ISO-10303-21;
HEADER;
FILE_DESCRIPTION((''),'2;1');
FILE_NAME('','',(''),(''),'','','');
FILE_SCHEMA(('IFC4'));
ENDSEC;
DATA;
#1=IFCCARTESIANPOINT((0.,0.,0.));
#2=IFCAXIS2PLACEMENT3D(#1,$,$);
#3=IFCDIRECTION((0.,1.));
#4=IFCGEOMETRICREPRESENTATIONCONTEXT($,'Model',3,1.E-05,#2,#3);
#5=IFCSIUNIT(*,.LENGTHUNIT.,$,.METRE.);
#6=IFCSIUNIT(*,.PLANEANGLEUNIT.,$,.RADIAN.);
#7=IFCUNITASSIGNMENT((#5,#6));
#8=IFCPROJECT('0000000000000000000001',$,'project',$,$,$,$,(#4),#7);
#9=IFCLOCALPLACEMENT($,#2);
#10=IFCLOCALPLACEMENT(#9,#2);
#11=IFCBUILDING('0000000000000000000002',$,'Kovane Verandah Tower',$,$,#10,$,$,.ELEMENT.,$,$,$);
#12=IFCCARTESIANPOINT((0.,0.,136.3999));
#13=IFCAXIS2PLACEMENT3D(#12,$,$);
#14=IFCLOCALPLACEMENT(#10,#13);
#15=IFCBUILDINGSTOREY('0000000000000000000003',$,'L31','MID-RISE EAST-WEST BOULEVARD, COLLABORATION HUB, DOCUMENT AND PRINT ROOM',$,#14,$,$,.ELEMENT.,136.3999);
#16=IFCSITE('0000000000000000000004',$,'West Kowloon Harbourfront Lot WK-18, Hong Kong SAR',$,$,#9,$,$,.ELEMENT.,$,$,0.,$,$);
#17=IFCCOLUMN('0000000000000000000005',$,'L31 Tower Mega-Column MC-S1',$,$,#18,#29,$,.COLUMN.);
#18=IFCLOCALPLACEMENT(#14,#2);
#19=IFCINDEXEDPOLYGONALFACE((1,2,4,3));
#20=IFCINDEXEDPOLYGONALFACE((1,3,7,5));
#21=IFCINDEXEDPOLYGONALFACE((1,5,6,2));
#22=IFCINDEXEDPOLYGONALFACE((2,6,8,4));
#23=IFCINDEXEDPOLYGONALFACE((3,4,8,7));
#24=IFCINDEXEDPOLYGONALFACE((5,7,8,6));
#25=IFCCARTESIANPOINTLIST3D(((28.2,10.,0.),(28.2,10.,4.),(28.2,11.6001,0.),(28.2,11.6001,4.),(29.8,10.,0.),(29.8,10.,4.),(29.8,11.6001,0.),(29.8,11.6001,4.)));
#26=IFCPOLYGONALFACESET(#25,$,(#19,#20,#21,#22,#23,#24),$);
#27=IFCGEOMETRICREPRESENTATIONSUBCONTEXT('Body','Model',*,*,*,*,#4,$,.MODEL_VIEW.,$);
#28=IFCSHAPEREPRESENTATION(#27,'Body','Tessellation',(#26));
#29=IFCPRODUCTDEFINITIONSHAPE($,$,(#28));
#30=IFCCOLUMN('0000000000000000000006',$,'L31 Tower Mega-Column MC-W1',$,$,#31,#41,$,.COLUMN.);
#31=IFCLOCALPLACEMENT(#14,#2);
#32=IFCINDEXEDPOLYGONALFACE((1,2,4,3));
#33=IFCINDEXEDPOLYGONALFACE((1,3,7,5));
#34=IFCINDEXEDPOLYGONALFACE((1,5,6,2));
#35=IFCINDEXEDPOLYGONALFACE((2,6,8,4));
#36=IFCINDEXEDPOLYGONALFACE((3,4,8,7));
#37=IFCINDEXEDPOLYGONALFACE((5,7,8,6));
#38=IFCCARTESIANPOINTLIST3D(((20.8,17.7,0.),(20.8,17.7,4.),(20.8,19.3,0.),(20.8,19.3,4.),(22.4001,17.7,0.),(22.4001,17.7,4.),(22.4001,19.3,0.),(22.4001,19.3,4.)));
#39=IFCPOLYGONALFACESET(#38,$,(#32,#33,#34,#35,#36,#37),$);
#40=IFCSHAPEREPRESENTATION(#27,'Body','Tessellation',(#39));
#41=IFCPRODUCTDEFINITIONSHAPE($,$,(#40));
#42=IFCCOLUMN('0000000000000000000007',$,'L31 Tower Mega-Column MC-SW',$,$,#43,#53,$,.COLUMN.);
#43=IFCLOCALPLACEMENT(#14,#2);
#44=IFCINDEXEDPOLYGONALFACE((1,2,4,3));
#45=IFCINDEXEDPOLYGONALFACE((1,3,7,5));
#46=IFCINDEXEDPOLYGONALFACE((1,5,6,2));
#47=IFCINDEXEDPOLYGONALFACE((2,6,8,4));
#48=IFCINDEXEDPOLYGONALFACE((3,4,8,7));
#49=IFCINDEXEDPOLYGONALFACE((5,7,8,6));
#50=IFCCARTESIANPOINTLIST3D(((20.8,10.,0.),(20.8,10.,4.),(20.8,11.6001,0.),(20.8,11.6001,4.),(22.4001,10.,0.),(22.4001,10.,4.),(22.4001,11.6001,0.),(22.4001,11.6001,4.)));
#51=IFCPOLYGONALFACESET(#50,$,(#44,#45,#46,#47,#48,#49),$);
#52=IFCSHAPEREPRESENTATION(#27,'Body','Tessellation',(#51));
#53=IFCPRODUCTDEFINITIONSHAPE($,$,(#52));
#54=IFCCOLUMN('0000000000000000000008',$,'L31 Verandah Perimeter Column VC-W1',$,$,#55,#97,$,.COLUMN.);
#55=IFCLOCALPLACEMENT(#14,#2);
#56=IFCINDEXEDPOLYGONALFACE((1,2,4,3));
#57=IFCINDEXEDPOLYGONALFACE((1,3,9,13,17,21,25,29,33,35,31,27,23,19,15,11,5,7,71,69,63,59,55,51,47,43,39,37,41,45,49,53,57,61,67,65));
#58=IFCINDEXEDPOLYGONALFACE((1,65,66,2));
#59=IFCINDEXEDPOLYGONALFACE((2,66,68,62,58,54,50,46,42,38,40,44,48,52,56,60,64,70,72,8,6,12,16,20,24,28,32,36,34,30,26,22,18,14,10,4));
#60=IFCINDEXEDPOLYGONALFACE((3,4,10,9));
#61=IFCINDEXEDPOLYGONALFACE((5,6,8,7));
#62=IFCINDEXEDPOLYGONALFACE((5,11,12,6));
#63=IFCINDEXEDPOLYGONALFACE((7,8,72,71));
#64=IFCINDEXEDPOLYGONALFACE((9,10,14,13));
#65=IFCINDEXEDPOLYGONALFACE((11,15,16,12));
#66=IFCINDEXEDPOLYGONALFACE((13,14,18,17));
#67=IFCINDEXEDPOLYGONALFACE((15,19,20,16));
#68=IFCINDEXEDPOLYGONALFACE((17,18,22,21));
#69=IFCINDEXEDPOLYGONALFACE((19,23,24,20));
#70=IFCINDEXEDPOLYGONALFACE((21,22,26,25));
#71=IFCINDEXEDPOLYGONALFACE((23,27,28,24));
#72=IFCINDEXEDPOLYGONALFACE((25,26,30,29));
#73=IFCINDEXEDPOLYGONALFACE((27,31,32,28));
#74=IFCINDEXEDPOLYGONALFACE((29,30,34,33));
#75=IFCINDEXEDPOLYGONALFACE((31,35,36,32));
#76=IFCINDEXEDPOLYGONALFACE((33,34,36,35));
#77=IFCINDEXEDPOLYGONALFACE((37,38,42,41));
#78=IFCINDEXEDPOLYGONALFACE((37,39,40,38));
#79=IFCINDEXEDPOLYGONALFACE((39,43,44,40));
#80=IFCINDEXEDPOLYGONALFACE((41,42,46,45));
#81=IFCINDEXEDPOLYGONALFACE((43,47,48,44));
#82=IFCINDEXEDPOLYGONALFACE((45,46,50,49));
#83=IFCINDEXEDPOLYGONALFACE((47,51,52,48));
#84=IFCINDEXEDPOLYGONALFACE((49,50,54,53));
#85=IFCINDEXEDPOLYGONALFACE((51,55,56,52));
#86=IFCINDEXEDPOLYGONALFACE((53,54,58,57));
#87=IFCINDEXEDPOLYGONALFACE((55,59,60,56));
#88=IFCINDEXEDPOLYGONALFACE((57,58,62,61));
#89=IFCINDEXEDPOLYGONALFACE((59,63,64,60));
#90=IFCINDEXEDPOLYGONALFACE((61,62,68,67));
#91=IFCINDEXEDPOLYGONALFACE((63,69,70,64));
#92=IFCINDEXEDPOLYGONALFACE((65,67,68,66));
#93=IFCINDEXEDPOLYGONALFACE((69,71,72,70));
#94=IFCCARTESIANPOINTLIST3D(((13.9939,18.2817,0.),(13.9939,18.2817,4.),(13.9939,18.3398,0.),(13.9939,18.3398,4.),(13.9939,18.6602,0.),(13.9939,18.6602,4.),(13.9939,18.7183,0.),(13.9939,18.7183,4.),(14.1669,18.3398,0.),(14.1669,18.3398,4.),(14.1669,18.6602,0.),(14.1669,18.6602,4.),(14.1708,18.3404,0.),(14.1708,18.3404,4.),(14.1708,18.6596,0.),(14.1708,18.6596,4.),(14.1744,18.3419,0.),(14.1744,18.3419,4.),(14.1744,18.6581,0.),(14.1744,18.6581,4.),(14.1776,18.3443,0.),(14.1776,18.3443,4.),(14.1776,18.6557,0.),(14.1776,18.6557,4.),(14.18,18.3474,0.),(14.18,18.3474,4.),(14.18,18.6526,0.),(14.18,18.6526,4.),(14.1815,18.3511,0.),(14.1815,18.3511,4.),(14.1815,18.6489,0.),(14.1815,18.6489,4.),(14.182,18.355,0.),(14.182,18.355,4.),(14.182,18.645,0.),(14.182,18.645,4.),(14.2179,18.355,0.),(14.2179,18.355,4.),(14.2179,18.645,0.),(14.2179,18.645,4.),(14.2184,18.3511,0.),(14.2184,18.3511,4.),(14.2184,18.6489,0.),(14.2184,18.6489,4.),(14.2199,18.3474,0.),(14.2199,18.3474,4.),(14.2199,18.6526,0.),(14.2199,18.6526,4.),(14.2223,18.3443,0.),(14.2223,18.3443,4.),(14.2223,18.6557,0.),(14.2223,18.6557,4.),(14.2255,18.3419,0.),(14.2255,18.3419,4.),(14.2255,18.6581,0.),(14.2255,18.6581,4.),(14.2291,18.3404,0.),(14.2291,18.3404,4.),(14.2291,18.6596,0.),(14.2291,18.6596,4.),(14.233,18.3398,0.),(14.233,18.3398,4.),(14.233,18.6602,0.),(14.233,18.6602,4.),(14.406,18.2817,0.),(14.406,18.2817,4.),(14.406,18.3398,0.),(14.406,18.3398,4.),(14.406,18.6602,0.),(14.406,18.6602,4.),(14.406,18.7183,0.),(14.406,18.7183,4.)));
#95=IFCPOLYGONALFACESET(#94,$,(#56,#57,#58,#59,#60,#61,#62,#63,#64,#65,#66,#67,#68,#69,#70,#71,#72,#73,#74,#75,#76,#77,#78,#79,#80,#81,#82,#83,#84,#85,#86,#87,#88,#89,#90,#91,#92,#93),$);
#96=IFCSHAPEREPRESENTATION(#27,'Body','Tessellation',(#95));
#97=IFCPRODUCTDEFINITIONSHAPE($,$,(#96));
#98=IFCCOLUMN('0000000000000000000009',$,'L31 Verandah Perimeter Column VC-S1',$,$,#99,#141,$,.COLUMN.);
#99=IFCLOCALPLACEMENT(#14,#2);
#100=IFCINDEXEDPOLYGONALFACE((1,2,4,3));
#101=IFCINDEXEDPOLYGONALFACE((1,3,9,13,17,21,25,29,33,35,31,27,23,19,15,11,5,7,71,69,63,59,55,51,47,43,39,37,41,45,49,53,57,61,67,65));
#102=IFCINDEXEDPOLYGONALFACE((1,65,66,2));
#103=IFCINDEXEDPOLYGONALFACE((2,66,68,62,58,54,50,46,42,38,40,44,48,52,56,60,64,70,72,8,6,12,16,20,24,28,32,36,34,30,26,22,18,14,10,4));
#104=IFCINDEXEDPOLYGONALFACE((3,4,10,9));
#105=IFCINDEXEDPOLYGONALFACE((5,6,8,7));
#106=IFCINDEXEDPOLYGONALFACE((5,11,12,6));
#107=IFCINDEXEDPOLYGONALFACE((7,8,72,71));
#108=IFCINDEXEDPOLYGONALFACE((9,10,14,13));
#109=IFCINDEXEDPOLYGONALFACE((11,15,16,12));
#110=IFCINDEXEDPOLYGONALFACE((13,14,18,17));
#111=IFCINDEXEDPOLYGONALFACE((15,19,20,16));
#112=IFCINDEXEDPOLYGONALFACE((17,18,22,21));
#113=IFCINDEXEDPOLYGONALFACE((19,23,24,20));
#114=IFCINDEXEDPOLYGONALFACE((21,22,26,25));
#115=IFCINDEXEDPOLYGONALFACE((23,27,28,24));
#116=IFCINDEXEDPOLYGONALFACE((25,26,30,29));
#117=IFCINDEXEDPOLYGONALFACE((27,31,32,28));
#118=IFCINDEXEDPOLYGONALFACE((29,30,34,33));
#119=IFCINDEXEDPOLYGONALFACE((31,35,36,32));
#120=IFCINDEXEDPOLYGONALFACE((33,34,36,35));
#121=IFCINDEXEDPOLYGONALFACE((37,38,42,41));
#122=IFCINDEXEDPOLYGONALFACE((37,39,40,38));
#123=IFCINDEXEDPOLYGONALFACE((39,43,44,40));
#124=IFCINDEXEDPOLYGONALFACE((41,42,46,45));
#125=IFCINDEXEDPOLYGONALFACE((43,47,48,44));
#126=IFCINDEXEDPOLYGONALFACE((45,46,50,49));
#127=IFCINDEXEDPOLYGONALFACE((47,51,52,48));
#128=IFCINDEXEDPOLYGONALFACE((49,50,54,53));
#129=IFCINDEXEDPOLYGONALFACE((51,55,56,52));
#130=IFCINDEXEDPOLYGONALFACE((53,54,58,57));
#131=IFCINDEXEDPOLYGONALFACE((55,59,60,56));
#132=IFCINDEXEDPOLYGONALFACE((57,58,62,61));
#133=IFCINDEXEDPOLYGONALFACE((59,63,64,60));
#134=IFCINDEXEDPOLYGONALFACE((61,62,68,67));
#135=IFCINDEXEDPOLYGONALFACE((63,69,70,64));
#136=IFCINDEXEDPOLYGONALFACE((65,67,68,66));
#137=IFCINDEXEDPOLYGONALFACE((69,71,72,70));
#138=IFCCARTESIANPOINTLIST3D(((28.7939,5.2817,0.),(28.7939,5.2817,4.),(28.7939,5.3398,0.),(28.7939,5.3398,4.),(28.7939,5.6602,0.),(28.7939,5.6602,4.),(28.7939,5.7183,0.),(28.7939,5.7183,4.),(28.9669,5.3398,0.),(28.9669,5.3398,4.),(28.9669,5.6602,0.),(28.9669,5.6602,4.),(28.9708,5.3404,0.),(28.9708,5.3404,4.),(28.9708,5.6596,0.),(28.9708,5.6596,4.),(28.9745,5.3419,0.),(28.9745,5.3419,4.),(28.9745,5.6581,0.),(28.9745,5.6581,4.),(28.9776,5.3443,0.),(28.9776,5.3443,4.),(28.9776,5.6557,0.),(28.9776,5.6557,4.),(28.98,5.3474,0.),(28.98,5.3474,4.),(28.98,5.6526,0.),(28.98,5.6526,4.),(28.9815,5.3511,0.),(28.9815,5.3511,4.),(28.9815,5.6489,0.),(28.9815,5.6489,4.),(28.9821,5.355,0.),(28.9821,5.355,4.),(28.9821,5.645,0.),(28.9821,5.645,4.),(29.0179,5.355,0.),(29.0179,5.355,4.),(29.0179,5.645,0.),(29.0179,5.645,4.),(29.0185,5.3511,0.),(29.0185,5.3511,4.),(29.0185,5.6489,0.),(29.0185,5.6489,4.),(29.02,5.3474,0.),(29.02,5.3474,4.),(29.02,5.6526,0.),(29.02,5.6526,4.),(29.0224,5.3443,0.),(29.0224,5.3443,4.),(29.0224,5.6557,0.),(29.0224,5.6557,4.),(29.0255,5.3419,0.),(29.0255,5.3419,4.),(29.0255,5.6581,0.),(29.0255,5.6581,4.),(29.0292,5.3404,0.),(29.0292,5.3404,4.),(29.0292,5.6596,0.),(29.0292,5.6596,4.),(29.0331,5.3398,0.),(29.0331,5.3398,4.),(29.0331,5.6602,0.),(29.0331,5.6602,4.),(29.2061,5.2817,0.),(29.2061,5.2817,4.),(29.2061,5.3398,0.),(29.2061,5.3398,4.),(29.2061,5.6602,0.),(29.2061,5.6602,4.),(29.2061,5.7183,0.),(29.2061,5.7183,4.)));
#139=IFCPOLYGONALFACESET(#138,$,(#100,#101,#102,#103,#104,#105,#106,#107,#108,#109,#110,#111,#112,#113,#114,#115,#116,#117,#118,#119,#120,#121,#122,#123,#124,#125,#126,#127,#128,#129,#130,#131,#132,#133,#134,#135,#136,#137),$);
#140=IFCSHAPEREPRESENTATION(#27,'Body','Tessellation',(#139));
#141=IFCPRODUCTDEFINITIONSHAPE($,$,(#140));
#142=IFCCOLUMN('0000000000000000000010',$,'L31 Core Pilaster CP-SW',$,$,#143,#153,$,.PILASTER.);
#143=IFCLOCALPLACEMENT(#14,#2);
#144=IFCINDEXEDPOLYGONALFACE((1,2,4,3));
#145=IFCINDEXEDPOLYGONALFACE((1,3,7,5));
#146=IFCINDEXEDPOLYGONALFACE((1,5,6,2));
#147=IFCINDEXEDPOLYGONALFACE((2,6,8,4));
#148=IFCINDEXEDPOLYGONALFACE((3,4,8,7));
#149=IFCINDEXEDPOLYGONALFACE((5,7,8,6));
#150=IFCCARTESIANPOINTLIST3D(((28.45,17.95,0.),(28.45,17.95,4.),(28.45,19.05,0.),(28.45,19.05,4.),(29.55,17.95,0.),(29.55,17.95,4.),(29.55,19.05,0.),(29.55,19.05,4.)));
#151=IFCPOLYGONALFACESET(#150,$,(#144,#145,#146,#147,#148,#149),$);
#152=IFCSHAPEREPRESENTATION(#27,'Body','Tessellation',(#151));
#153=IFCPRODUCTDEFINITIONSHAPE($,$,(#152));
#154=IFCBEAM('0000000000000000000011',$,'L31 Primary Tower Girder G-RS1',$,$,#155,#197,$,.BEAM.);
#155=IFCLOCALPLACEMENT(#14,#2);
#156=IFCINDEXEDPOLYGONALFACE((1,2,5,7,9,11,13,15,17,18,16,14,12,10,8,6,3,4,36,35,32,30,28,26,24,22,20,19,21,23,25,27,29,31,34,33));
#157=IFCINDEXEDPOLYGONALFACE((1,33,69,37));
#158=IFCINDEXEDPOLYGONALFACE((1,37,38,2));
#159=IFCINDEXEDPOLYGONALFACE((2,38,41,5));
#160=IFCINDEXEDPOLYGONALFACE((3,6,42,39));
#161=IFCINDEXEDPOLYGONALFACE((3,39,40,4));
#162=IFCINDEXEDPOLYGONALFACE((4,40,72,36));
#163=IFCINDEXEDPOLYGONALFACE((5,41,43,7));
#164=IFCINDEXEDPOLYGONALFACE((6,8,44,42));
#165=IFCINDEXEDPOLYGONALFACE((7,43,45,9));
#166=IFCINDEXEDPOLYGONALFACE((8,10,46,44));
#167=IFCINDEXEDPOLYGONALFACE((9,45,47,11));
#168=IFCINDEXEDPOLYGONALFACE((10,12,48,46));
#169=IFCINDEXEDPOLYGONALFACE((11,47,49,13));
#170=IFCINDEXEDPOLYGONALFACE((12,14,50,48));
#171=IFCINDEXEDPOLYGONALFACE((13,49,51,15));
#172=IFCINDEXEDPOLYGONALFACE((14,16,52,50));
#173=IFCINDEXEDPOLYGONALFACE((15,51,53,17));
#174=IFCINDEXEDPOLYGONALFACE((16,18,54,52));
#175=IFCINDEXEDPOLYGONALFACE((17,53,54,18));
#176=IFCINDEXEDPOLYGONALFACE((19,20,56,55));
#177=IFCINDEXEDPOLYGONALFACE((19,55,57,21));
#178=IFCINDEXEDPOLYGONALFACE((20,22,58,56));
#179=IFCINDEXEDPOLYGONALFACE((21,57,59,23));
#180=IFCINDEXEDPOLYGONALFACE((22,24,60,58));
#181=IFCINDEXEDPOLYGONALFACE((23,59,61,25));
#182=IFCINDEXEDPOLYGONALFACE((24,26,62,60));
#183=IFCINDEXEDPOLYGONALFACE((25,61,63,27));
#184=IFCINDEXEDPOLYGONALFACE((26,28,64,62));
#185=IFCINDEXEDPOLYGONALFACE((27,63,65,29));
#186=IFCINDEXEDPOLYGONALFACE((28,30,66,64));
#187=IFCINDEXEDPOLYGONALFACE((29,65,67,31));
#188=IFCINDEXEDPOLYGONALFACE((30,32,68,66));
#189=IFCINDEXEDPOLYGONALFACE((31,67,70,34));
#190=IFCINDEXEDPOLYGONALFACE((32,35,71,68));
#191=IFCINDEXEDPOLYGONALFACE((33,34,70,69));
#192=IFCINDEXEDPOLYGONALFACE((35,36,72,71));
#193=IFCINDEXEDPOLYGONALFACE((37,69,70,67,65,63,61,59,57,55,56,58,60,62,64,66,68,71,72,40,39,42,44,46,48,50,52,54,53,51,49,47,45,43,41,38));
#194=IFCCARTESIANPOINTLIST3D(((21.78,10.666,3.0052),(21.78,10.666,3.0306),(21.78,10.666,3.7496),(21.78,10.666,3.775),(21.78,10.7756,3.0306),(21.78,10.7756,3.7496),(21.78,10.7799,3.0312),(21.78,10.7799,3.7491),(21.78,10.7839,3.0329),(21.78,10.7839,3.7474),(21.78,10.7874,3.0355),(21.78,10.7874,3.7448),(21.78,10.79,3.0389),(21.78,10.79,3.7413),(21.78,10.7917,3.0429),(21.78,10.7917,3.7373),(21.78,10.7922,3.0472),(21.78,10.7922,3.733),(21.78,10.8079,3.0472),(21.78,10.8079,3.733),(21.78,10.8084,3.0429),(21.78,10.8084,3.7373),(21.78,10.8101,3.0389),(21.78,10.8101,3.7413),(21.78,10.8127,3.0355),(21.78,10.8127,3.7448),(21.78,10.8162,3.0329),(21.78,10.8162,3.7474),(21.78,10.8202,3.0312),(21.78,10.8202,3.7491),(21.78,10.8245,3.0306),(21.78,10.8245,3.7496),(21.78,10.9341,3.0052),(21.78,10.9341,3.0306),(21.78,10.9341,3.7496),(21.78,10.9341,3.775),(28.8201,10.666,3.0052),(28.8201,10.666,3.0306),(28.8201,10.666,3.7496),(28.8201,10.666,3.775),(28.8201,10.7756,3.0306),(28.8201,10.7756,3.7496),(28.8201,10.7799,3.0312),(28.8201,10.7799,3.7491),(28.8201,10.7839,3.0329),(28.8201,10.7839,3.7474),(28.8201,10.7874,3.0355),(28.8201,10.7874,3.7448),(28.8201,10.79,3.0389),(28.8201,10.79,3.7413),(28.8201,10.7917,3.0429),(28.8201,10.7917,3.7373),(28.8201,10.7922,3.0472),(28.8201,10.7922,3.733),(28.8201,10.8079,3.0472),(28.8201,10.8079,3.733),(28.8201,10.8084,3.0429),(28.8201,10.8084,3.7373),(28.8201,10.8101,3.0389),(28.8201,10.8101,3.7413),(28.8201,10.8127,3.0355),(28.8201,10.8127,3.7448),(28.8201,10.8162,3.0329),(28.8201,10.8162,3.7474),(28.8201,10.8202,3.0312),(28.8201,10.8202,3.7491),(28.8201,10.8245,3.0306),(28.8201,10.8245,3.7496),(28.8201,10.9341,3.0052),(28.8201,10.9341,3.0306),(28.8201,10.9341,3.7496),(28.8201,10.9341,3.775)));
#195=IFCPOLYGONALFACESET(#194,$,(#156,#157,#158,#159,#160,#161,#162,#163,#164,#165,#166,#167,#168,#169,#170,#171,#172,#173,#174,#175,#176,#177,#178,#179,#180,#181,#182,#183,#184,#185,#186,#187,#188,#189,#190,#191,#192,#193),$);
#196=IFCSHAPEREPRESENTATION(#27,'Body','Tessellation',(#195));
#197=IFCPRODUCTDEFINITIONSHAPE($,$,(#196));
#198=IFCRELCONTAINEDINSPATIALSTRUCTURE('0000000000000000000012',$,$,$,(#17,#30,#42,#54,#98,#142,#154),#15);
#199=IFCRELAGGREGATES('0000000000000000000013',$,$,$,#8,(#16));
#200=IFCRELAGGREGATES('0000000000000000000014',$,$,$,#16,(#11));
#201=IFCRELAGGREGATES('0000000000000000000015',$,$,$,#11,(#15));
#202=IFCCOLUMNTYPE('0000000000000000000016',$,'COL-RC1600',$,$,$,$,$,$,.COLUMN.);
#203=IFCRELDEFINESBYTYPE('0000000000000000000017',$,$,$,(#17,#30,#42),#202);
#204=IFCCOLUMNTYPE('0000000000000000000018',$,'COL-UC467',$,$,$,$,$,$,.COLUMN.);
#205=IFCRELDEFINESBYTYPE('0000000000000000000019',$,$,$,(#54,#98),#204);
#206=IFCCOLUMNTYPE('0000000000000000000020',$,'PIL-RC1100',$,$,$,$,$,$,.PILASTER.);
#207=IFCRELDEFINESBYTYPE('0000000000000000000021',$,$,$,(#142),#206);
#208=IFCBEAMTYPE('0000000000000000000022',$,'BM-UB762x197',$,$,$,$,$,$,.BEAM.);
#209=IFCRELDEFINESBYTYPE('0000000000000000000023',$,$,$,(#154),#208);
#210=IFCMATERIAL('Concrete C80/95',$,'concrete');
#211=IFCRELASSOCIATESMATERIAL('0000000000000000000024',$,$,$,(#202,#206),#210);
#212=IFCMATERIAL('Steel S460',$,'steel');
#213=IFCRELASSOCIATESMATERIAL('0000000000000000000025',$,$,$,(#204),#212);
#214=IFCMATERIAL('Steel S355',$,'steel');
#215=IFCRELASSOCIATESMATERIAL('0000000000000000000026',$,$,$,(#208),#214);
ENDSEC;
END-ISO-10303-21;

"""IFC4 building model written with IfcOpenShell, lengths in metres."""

from ifc_helpers import new_model, si_unit, direction, frame, origin, origin_2d, place, context, subcontext, project, spatial, rectangle, i_section, extrude, material, material_profile, profile_set, type_object, element, save


model = new_model("IFC4")

# Units and contexts
model_context = context("Model", 3, precision=1e-05, world=origin(), true_north=direction((0.0, 1.0)))
body_context = subcontext(model_context, "Body", "Model", "MODEL_VIEW")
ifc_project = project(units=[si_unit("LENGTHUNIT", "METRE"), si_unit("PLANEANGLEUNIT", "RADIAN")], contexts=[model_context])

# Site, building, storey
site_placement = place(None, origin())
site = spatial("IfcSite", under=ifc_project, at=site_placement, Name="West Kowloon Harbourfront Lot WK-18, Hong Kong SAR", CompositionType="ELEMENT", RefElevation=0.0)
building_placement = place(site_placement, origin())
building = spatial("IfcBuilding", under=site, at=building_placement, Name="Kovane Verandah Tower", CompositionType="ELEMENT")
storey_placement = place(building_placement, frame((0.0, 0.0, 136.3999)))
storey = spatial("IfcBuildingStorey", under=building, at=storey_placement, Name="L31", Description="MID-RISE EAST-WEST BOULEVARD, COLLABORATION HUB, DOCUMENT AND PRINT ROOM", CompositionType="ELEMENT", Elevation=136.3999)

# Columns
ifc_material_1 = material(Name="Concrete C80/95", Category="concrete")
ifc_material_profile_1 = material_profile(ifc_material_1, rectangle(XDim=1.6001, YDim=1.6001, at=origin_2d()), Name="RC1600x1600")
ifc_profile_set_1 = profile_set([ifc_material_profile_1], Name="Concrete C80/95")
column_type_1 = type_object("IfcColumnType", Name="COL-RC1600", PredefinedType="COLUMN", material=ifc_profile_set_1)
for number, where, z_axis, x_axis, name in (
    (1, (29.0, 10.8, 0.0), (0.0, 0.0, 1.0), (1.0, 0.0, 0.0), "L31 Tower Mega-Column MC-S1"),
    (2, (21.6001, 18.5, 0.0), (0.0, 0.0, 1.0), (1.0, 0.0, 0.0), "L31 Tower Mega-Column MC-W1"),
    (3, (21.6001, 10.8, 0.0), (0.0, 0.0, 1.0), (1.0, 0.0, 0.0), "L31 Tower Mega-Column MC-SW"),
):
    element("IfcColumn", number, at=place(storey_placement, frame(where, z_axis=z_axis, x_axis=x_axis)), inside=storey, type_object=column_type_1, Name=name, PredefinedType="COLUMN", context=body_context, shape_type="SweptSolid", body=[
        extrude(rectangle(XDim=1.6001, YDim=1.6001, at=origin_2d()), origin(), (0.0, 0.0, 1.0), 4.0),
    ])
ifc_material_2 = material(Name="Steel S460", Category="steel")
ifc_material_profile_2 = material_profile(ifc_material_2, i_section(OverallWidth=0.4121, OverallDepth=0.4365, WebThickness=0.0359, FlangeThickness=0.0581, FilletRadius=0.0151, at=origin_2d()), Name="UC356x406x467")
ifc_profile_set_2 = profile_set([ifc_material_profile_2], Name="Steel S460")
column_type_2 = type_object("IfcColumnType", Name="COL-UC467", PredefinedType="COLUMN", material=ifc_profile_set_2)
for number, where, z_axis, x_axis, name in (
    (4, (14.2, 18.5, 0.0), (0.0, 0.0, 1.0), (1.0, 0.0, 0.0), "L31 Verandah Perimeter Column VC-W1"),
    (5, (29.0, 5.5, 0.0), (0.0, 0.0, 1.0), (1.0, 0.0, 0.0), "L31 Verandah Perimeter Column VC-S1"),
):
    element("IfcColumn", number, at=place(storey_placement, frame(where, z_axis=z_axis, x_axis=x_axis)), inside=storey, type_object=column_type_2, Name=name, PredefinedType="COLUMN", context=body_context, shape_type="SweptSolid", body=[
        extrude(i_section(OverallWidth=0.4121, OverallDepth=0.4365, WebThickness=0.0359, FlangeThickness=0.0581, FilletRadius=0.0151, at=origin_2d()), origin(), (0.0, 0.0, 1.0), 4.0),
    ])
ifc_material_profile_3 = material_profile(ifc_material_1, rectangle(XDim=1.1001, YDim=1.1001, at=origin_2d()), Name="RC1100x1100")
ifc_profile_set_3 = profile_set([ifc_material_profile_3], Name="Concrete C80/95")
column_type_3 = type_object("IfcColumnType", Name="PIL-RC1100", PredefinedType="PILASTER", material=ifc_profile_set_3)
column_placement = place(storey_placement, frame((29.0, 18.5, 0.0), z_axis=(0.0, 0.0, 1.0), x_axis=(1.0, 0.0, 0.0)))
element("IfcColumn", 6, at=column_placement, inside=storey, type_object=column_type_3, Name="L31 Core Pilaster CP-SW", PredefinedType="PILASTER", context=body_context, shape_type="SweptSolid", body=[
    extrude(rectangle(XDim=1.1001, YDim=1.1001, at=origin_2d()), origin(), (0.0, 0.0, 1.0), 4.0),
])

# Beam
ifc_material_3 = material(Name="Steel S355", Category="steel")
ifc_material_profile_4 = material_profile(ifc_material_3, i_section(OverallWidth=0.2681, OverallDepth=0.7698, WebThickness=0.0156, FlangeThickness=0.0254, FilletRadius=0.0166, at=origin_2d()), Name="UB762x267x197")
ifc_profile_set_4 = profile_set([ifc_material_profile_4], Name="Steel S355")
beam_type_1 = type_object("IfcBeamType", Name="BM-UB762x197", PredefinedType="BEAM", material=ifc_profile_set_4)
beam_1_placement = place(storey_placement, frame((21.78, 10.8, 3.3901), z_axis=(1.0, 0.0, 0.0), x_axis=(0.0, 1.0, 0.0)))
element("IfcBeam", 7, at=beam_1_placement, inside=storey, type_object=beam_type_1, Name="L31 Primary Tower Girder G-RS1", PredefinedType="BEAM", context=body_context, shape_type="SweptSolid", body=[
    extrude(i_section(OverallWidth=0.2681, OverallDepth=0.7698, WebThickness=0.0156, FlangeThickness=0.0254, FilletRadius=0.0166, at=origin_2d()), origin(), (0.0, 0.0, 1.0), 7.04),
])

save(model, "model.ifc")
